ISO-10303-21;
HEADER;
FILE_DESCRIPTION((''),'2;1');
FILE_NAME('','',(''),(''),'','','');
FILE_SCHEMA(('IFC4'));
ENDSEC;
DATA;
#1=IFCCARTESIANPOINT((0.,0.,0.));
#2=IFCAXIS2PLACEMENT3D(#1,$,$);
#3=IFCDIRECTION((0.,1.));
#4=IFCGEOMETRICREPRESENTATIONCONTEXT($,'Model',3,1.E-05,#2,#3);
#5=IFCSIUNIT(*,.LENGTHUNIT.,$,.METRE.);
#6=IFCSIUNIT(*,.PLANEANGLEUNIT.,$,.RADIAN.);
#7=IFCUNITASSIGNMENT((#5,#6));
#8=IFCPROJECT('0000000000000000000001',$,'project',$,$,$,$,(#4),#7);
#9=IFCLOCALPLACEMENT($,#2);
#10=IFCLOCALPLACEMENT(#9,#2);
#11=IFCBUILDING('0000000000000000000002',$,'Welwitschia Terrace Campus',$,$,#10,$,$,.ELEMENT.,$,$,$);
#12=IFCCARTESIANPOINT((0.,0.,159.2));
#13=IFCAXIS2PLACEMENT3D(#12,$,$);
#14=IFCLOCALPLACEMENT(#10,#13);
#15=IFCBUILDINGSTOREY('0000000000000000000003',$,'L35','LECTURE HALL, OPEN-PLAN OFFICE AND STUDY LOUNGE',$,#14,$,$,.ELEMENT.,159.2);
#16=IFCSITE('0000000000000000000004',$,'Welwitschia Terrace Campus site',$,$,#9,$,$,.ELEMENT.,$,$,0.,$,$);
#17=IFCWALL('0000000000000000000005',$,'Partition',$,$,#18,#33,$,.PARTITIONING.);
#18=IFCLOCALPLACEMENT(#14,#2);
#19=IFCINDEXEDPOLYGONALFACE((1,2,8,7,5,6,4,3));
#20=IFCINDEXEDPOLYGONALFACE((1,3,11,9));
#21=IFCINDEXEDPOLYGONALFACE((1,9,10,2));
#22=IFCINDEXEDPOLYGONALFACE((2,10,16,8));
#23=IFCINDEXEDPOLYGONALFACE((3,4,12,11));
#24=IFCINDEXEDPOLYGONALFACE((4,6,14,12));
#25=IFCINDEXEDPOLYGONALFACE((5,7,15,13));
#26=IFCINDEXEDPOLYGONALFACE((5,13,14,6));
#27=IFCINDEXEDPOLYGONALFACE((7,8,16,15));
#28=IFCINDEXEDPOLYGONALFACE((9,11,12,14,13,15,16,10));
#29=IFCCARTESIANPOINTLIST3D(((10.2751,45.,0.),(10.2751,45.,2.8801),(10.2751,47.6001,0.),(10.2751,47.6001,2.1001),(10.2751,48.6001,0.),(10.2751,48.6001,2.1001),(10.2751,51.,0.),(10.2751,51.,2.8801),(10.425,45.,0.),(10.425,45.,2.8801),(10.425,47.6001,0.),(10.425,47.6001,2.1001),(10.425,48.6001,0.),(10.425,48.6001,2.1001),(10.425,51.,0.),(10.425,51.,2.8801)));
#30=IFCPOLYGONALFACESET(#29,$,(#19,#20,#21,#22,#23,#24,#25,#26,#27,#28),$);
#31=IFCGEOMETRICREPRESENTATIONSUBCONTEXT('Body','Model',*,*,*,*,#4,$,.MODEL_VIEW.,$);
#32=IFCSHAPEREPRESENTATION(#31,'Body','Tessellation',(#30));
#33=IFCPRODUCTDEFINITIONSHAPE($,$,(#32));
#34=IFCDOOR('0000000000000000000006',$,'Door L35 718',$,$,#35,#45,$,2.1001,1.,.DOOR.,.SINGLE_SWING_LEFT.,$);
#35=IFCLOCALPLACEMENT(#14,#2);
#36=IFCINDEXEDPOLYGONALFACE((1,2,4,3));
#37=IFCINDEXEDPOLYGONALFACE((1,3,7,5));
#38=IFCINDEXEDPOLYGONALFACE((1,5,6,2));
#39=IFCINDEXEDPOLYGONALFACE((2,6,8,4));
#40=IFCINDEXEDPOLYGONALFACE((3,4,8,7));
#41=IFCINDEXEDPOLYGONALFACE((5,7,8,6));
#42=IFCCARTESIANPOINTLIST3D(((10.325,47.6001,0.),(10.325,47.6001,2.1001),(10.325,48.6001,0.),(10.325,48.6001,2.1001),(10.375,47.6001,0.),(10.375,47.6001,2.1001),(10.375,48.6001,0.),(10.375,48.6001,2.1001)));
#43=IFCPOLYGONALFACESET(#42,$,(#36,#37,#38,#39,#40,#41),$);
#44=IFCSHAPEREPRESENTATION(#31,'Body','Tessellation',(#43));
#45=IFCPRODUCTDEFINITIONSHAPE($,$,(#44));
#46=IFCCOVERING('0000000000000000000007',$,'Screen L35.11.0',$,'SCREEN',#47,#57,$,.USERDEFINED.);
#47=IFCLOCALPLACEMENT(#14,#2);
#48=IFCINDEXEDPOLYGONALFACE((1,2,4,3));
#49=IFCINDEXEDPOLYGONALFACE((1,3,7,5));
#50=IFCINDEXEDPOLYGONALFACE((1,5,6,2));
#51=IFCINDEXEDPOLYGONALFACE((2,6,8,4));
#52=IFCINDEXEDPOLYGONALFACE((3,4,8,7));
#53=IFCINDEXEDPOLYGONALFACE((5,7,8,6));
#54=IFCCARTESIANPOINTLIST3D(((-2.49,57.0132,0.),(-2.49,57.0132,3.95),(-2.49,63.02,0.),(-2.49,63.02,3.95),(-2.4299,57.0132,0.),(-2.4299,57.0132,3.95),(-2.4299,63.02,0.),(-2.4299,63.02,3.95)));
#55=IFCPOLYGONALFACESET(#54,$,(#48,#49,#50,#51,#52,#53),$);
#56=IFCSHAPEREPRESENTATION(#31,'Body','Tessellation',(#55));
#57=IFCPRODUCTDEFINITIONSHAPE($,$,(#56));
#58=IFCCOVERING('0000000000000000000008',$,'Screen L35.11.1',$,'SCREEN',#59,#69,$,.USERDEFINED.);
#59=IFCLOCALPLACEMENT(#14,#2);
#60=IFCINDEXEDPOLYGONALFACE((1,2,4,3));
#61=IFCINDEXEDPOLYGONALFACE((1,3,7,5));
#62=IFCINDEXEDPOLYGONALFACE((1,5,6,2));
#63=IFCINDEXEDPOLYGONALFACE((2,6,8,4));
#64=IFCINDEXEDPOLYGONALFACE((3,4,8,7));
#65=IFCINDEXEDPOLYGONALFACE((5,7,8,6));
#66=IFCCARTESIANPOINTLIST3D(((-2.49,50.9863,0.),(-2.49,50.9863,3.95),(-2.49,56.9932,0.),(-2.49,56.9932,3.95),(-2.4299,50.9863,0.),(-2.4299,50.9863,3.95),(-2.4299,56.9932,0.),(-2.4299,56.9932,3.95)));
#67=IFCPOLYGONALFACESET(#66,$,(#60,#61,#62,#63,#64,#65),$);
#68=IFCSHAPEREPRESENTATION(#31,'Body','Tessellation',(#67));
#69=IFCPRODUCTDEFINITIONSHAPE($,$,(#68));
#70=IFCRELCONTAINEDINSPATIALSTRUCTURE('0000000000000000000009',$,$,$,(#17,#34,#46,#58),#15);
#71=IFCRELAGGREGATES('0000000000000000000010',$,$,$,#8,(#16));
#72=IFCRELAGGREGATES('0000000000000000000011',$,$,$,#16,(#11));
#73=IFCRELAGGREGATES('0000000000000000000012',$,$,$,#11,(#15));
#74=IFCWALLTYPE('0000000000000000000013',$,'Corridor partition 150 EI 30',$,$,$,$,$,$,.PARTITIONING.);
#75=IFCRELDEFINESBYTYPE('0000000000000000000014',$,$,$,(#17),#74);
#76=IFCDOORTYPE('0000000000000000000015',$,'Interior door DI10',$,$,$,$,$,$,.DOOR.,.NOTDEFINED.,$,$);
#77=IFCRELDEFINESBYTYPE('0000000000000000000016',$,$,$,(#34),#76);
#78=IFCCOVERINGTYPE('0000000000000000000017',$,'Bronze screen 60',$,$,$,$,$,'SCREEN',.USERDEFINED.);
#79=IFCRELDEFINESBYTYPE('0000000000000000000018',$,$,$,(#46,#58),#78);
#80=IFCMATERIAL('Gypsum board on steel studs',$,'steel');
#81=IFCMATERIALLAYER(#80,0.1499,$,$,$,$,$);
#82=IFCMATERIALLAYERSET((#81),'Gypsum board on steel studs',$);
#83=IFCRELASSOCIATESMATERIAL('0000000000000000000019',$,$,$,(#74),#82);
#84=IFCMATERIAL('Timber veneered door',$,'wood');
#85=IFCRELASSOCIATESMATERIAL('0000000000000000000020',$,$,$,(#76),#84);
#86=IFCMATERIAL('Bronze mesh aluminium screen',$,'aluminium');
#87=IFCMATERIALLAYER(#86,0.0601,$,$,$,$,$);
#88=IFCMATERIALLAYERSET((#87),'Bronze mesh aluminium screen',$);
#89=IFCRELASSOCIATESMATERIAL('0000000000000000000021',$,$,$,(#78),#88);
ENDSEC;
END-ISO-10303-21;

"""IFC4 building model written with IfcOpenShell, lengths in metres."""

from ifc_helpers import new_model, si_unit, direction, frame, frame_2d, origin, origin_2d, place, context, subcontext, project, spatial, rectangle, extrude, material, layer, layer_set, type_object, element, fill, save


model = new_model("IFC4")

# Units and contexts
model_context = context("Model", 3, precision=1e-05, world=origin(), true_north=direction((0.0, 1.0)))
body_context = subcontext(model_context, "Body", "Model", "MODEL_VIEW")
ifc_project = project(units=[si_unit("LENGTHUNIT", "METRE"), si_unit("PLANEANGLEUNIT", "RADIAN")], contexts=[model_context])

# Site, building, storey
site_placement = place(None, origin())
site = spatial("IfcSite", under=ifc_project, at=site_placement, Name="Welwitschia Terrace Campus site", CompositionType="ELEMENT", RefElevation=0.0)
building_placement = place(site_placement, origin())
building = spatial("IfcBuilding", under=site, at=building_placement, Name="Welwitschia Terrace Campus", CompositionType="ELEMENT")
storey_placement = place(building_placement, frame((0.0, 0.0, 159.2)))
storey = spatial("IfcBuildingStorey", under=building, at=storey_placement, Name="L35", Description="LECTURE HALL, OPEN-PLAN OFFICE AND STUDY LOUNGE", CompositionType="ELEMENT", Elevation=159.2)

# Shared definitions
ifc_material_1 = material(Name="Gypsum board on steel studs", Category="steel")
ifc_layer_1 = layer(ifc_material_1, 0.1499)
ifc_layer_set_1 = layer_set([ifc_layer_1], Name="Gypsum board on steel studs")
wall_type = type_object("IfcWallType", Name="Corridor partition 150 EI 30", PredefinedType="PARTITIONING", material=ifc_layer_set_1)

# Wall, opening, door
wall_1_placement = place(storey_placement, frame((10.3501, 51.0, 0.0), z_axis=(0.0, 0.0, 1.0), x_axis=(0.0, -1.0, 0.0)))
wall_1 = element("IfcWall", 1, at=wall_1_placement, inside=storey, type_object=wall_type, Name="Partition", PredefinedType="PARTITIONING", context=body_context, shape_type="SweptSolid", body=[
    extrude(rectangle(XDim=6.0, YDim=0.1499, at=frame_2d((3.0, 0.0))), origin(), (0.0, 0.0, 1.0), 2.8801),
])
opening_1_placement = place(wall_1_placement, frame((2.3999, 0.0, 0.0)))
opening_1 = element("IfcOpeningElement", 2, at=opening_1_placement, cuts=wall_1, PredefinedType="OPENING", context=body_context, shape_type="SweptSolid", body=[
    extrude(rectangle(XDim=1.0, YDim=2.1001, at=frame_2d((0.5, 1.05))), frame((0.0, 0.085, 0.0), z_axis=(0.0, -1.0, 0.0), x_axis=(1.0, 0.0, 0.0)), (0.0, 0.0, 1.0), 0.1699),
])
ifc_material_2 = material(Name="Timber veneered door", Category="wood")
door_type_1 = type_object("IfcDoorType", Name="Interior door DI10", OperationType="NOTDEFINED", PredefinedType="DOOR", material=ifc_material_2)
door_1_placement = place(opening_1_placement, origin())
door_1 = element("IfcDoor", 3, at=door_1_placement, inside=storey, type_object=door_type_1, Name="Door L35 718", OperationType="SINGLE_SWING_LEFT", OverallHeight=2.1001, OverallWidth=1.0, PredefinedType="DOOR", context=body_context, shape_type="SweptSolid", body=[
    extrude(rectangle(XDim=1.0, YDim=2.1001, at=frame_2d((0.5, 1.05))), frame((0.0, 0.0249, 0.0), z_axis=(0.0, -1.0, 0.0), x_axis=(1.0, 0.0, 0.0)), (0.0, 0.0, 1.0), 0.05),
])
fill(opening_1, door_1)

# Coverings
ifc_material_3 = material(Name="Bronze mesh aluminium screen", Category="aluminium")
ifc_layer_2 = layer(ifc_material_3, 0.0601)
ifc_layer_set_2 = layer_set([ifc_layer_2], Name="Bronze mesh aluminium screen")
covering_type = type_object("IfcCoveringType", Name="Bronze screen 60", ElementType="SCREEN", PredefinedType="USERDEFINED", material=ifc_layer_set_2)
for number, where, z_axis, x_axis, name in (
    (4, (-2.46, 60.0166, 0.0), (0.0, 0.0, 1.0), (0.0, -1.0, 0.0), "Screen L35.11.0"),
    (5, (-2.46, 53.9897, 0.0), (0.0, 0.0, 1.0), (0.0, -1.0, 0.0), "Screen L35.11.1"),
):
    element("IfcCovering", number, at=place(storey_placement, frame(where, z_axis=z_axis, x_axis=x_axis)), inside=storey, type_object=covering_type, Name=name, ObjectType="SCREEN", PredefinedType="USERDEFINED", context=body_context, shape_type="SweptSolid", body=[
        extrude(rectangle(XDim=6.0068, YDim=0.0601, at=origin_2d()), origin(), (0.0, 0.0, 1.0), 3.95),
    ])

save(model, "model.ifc")
